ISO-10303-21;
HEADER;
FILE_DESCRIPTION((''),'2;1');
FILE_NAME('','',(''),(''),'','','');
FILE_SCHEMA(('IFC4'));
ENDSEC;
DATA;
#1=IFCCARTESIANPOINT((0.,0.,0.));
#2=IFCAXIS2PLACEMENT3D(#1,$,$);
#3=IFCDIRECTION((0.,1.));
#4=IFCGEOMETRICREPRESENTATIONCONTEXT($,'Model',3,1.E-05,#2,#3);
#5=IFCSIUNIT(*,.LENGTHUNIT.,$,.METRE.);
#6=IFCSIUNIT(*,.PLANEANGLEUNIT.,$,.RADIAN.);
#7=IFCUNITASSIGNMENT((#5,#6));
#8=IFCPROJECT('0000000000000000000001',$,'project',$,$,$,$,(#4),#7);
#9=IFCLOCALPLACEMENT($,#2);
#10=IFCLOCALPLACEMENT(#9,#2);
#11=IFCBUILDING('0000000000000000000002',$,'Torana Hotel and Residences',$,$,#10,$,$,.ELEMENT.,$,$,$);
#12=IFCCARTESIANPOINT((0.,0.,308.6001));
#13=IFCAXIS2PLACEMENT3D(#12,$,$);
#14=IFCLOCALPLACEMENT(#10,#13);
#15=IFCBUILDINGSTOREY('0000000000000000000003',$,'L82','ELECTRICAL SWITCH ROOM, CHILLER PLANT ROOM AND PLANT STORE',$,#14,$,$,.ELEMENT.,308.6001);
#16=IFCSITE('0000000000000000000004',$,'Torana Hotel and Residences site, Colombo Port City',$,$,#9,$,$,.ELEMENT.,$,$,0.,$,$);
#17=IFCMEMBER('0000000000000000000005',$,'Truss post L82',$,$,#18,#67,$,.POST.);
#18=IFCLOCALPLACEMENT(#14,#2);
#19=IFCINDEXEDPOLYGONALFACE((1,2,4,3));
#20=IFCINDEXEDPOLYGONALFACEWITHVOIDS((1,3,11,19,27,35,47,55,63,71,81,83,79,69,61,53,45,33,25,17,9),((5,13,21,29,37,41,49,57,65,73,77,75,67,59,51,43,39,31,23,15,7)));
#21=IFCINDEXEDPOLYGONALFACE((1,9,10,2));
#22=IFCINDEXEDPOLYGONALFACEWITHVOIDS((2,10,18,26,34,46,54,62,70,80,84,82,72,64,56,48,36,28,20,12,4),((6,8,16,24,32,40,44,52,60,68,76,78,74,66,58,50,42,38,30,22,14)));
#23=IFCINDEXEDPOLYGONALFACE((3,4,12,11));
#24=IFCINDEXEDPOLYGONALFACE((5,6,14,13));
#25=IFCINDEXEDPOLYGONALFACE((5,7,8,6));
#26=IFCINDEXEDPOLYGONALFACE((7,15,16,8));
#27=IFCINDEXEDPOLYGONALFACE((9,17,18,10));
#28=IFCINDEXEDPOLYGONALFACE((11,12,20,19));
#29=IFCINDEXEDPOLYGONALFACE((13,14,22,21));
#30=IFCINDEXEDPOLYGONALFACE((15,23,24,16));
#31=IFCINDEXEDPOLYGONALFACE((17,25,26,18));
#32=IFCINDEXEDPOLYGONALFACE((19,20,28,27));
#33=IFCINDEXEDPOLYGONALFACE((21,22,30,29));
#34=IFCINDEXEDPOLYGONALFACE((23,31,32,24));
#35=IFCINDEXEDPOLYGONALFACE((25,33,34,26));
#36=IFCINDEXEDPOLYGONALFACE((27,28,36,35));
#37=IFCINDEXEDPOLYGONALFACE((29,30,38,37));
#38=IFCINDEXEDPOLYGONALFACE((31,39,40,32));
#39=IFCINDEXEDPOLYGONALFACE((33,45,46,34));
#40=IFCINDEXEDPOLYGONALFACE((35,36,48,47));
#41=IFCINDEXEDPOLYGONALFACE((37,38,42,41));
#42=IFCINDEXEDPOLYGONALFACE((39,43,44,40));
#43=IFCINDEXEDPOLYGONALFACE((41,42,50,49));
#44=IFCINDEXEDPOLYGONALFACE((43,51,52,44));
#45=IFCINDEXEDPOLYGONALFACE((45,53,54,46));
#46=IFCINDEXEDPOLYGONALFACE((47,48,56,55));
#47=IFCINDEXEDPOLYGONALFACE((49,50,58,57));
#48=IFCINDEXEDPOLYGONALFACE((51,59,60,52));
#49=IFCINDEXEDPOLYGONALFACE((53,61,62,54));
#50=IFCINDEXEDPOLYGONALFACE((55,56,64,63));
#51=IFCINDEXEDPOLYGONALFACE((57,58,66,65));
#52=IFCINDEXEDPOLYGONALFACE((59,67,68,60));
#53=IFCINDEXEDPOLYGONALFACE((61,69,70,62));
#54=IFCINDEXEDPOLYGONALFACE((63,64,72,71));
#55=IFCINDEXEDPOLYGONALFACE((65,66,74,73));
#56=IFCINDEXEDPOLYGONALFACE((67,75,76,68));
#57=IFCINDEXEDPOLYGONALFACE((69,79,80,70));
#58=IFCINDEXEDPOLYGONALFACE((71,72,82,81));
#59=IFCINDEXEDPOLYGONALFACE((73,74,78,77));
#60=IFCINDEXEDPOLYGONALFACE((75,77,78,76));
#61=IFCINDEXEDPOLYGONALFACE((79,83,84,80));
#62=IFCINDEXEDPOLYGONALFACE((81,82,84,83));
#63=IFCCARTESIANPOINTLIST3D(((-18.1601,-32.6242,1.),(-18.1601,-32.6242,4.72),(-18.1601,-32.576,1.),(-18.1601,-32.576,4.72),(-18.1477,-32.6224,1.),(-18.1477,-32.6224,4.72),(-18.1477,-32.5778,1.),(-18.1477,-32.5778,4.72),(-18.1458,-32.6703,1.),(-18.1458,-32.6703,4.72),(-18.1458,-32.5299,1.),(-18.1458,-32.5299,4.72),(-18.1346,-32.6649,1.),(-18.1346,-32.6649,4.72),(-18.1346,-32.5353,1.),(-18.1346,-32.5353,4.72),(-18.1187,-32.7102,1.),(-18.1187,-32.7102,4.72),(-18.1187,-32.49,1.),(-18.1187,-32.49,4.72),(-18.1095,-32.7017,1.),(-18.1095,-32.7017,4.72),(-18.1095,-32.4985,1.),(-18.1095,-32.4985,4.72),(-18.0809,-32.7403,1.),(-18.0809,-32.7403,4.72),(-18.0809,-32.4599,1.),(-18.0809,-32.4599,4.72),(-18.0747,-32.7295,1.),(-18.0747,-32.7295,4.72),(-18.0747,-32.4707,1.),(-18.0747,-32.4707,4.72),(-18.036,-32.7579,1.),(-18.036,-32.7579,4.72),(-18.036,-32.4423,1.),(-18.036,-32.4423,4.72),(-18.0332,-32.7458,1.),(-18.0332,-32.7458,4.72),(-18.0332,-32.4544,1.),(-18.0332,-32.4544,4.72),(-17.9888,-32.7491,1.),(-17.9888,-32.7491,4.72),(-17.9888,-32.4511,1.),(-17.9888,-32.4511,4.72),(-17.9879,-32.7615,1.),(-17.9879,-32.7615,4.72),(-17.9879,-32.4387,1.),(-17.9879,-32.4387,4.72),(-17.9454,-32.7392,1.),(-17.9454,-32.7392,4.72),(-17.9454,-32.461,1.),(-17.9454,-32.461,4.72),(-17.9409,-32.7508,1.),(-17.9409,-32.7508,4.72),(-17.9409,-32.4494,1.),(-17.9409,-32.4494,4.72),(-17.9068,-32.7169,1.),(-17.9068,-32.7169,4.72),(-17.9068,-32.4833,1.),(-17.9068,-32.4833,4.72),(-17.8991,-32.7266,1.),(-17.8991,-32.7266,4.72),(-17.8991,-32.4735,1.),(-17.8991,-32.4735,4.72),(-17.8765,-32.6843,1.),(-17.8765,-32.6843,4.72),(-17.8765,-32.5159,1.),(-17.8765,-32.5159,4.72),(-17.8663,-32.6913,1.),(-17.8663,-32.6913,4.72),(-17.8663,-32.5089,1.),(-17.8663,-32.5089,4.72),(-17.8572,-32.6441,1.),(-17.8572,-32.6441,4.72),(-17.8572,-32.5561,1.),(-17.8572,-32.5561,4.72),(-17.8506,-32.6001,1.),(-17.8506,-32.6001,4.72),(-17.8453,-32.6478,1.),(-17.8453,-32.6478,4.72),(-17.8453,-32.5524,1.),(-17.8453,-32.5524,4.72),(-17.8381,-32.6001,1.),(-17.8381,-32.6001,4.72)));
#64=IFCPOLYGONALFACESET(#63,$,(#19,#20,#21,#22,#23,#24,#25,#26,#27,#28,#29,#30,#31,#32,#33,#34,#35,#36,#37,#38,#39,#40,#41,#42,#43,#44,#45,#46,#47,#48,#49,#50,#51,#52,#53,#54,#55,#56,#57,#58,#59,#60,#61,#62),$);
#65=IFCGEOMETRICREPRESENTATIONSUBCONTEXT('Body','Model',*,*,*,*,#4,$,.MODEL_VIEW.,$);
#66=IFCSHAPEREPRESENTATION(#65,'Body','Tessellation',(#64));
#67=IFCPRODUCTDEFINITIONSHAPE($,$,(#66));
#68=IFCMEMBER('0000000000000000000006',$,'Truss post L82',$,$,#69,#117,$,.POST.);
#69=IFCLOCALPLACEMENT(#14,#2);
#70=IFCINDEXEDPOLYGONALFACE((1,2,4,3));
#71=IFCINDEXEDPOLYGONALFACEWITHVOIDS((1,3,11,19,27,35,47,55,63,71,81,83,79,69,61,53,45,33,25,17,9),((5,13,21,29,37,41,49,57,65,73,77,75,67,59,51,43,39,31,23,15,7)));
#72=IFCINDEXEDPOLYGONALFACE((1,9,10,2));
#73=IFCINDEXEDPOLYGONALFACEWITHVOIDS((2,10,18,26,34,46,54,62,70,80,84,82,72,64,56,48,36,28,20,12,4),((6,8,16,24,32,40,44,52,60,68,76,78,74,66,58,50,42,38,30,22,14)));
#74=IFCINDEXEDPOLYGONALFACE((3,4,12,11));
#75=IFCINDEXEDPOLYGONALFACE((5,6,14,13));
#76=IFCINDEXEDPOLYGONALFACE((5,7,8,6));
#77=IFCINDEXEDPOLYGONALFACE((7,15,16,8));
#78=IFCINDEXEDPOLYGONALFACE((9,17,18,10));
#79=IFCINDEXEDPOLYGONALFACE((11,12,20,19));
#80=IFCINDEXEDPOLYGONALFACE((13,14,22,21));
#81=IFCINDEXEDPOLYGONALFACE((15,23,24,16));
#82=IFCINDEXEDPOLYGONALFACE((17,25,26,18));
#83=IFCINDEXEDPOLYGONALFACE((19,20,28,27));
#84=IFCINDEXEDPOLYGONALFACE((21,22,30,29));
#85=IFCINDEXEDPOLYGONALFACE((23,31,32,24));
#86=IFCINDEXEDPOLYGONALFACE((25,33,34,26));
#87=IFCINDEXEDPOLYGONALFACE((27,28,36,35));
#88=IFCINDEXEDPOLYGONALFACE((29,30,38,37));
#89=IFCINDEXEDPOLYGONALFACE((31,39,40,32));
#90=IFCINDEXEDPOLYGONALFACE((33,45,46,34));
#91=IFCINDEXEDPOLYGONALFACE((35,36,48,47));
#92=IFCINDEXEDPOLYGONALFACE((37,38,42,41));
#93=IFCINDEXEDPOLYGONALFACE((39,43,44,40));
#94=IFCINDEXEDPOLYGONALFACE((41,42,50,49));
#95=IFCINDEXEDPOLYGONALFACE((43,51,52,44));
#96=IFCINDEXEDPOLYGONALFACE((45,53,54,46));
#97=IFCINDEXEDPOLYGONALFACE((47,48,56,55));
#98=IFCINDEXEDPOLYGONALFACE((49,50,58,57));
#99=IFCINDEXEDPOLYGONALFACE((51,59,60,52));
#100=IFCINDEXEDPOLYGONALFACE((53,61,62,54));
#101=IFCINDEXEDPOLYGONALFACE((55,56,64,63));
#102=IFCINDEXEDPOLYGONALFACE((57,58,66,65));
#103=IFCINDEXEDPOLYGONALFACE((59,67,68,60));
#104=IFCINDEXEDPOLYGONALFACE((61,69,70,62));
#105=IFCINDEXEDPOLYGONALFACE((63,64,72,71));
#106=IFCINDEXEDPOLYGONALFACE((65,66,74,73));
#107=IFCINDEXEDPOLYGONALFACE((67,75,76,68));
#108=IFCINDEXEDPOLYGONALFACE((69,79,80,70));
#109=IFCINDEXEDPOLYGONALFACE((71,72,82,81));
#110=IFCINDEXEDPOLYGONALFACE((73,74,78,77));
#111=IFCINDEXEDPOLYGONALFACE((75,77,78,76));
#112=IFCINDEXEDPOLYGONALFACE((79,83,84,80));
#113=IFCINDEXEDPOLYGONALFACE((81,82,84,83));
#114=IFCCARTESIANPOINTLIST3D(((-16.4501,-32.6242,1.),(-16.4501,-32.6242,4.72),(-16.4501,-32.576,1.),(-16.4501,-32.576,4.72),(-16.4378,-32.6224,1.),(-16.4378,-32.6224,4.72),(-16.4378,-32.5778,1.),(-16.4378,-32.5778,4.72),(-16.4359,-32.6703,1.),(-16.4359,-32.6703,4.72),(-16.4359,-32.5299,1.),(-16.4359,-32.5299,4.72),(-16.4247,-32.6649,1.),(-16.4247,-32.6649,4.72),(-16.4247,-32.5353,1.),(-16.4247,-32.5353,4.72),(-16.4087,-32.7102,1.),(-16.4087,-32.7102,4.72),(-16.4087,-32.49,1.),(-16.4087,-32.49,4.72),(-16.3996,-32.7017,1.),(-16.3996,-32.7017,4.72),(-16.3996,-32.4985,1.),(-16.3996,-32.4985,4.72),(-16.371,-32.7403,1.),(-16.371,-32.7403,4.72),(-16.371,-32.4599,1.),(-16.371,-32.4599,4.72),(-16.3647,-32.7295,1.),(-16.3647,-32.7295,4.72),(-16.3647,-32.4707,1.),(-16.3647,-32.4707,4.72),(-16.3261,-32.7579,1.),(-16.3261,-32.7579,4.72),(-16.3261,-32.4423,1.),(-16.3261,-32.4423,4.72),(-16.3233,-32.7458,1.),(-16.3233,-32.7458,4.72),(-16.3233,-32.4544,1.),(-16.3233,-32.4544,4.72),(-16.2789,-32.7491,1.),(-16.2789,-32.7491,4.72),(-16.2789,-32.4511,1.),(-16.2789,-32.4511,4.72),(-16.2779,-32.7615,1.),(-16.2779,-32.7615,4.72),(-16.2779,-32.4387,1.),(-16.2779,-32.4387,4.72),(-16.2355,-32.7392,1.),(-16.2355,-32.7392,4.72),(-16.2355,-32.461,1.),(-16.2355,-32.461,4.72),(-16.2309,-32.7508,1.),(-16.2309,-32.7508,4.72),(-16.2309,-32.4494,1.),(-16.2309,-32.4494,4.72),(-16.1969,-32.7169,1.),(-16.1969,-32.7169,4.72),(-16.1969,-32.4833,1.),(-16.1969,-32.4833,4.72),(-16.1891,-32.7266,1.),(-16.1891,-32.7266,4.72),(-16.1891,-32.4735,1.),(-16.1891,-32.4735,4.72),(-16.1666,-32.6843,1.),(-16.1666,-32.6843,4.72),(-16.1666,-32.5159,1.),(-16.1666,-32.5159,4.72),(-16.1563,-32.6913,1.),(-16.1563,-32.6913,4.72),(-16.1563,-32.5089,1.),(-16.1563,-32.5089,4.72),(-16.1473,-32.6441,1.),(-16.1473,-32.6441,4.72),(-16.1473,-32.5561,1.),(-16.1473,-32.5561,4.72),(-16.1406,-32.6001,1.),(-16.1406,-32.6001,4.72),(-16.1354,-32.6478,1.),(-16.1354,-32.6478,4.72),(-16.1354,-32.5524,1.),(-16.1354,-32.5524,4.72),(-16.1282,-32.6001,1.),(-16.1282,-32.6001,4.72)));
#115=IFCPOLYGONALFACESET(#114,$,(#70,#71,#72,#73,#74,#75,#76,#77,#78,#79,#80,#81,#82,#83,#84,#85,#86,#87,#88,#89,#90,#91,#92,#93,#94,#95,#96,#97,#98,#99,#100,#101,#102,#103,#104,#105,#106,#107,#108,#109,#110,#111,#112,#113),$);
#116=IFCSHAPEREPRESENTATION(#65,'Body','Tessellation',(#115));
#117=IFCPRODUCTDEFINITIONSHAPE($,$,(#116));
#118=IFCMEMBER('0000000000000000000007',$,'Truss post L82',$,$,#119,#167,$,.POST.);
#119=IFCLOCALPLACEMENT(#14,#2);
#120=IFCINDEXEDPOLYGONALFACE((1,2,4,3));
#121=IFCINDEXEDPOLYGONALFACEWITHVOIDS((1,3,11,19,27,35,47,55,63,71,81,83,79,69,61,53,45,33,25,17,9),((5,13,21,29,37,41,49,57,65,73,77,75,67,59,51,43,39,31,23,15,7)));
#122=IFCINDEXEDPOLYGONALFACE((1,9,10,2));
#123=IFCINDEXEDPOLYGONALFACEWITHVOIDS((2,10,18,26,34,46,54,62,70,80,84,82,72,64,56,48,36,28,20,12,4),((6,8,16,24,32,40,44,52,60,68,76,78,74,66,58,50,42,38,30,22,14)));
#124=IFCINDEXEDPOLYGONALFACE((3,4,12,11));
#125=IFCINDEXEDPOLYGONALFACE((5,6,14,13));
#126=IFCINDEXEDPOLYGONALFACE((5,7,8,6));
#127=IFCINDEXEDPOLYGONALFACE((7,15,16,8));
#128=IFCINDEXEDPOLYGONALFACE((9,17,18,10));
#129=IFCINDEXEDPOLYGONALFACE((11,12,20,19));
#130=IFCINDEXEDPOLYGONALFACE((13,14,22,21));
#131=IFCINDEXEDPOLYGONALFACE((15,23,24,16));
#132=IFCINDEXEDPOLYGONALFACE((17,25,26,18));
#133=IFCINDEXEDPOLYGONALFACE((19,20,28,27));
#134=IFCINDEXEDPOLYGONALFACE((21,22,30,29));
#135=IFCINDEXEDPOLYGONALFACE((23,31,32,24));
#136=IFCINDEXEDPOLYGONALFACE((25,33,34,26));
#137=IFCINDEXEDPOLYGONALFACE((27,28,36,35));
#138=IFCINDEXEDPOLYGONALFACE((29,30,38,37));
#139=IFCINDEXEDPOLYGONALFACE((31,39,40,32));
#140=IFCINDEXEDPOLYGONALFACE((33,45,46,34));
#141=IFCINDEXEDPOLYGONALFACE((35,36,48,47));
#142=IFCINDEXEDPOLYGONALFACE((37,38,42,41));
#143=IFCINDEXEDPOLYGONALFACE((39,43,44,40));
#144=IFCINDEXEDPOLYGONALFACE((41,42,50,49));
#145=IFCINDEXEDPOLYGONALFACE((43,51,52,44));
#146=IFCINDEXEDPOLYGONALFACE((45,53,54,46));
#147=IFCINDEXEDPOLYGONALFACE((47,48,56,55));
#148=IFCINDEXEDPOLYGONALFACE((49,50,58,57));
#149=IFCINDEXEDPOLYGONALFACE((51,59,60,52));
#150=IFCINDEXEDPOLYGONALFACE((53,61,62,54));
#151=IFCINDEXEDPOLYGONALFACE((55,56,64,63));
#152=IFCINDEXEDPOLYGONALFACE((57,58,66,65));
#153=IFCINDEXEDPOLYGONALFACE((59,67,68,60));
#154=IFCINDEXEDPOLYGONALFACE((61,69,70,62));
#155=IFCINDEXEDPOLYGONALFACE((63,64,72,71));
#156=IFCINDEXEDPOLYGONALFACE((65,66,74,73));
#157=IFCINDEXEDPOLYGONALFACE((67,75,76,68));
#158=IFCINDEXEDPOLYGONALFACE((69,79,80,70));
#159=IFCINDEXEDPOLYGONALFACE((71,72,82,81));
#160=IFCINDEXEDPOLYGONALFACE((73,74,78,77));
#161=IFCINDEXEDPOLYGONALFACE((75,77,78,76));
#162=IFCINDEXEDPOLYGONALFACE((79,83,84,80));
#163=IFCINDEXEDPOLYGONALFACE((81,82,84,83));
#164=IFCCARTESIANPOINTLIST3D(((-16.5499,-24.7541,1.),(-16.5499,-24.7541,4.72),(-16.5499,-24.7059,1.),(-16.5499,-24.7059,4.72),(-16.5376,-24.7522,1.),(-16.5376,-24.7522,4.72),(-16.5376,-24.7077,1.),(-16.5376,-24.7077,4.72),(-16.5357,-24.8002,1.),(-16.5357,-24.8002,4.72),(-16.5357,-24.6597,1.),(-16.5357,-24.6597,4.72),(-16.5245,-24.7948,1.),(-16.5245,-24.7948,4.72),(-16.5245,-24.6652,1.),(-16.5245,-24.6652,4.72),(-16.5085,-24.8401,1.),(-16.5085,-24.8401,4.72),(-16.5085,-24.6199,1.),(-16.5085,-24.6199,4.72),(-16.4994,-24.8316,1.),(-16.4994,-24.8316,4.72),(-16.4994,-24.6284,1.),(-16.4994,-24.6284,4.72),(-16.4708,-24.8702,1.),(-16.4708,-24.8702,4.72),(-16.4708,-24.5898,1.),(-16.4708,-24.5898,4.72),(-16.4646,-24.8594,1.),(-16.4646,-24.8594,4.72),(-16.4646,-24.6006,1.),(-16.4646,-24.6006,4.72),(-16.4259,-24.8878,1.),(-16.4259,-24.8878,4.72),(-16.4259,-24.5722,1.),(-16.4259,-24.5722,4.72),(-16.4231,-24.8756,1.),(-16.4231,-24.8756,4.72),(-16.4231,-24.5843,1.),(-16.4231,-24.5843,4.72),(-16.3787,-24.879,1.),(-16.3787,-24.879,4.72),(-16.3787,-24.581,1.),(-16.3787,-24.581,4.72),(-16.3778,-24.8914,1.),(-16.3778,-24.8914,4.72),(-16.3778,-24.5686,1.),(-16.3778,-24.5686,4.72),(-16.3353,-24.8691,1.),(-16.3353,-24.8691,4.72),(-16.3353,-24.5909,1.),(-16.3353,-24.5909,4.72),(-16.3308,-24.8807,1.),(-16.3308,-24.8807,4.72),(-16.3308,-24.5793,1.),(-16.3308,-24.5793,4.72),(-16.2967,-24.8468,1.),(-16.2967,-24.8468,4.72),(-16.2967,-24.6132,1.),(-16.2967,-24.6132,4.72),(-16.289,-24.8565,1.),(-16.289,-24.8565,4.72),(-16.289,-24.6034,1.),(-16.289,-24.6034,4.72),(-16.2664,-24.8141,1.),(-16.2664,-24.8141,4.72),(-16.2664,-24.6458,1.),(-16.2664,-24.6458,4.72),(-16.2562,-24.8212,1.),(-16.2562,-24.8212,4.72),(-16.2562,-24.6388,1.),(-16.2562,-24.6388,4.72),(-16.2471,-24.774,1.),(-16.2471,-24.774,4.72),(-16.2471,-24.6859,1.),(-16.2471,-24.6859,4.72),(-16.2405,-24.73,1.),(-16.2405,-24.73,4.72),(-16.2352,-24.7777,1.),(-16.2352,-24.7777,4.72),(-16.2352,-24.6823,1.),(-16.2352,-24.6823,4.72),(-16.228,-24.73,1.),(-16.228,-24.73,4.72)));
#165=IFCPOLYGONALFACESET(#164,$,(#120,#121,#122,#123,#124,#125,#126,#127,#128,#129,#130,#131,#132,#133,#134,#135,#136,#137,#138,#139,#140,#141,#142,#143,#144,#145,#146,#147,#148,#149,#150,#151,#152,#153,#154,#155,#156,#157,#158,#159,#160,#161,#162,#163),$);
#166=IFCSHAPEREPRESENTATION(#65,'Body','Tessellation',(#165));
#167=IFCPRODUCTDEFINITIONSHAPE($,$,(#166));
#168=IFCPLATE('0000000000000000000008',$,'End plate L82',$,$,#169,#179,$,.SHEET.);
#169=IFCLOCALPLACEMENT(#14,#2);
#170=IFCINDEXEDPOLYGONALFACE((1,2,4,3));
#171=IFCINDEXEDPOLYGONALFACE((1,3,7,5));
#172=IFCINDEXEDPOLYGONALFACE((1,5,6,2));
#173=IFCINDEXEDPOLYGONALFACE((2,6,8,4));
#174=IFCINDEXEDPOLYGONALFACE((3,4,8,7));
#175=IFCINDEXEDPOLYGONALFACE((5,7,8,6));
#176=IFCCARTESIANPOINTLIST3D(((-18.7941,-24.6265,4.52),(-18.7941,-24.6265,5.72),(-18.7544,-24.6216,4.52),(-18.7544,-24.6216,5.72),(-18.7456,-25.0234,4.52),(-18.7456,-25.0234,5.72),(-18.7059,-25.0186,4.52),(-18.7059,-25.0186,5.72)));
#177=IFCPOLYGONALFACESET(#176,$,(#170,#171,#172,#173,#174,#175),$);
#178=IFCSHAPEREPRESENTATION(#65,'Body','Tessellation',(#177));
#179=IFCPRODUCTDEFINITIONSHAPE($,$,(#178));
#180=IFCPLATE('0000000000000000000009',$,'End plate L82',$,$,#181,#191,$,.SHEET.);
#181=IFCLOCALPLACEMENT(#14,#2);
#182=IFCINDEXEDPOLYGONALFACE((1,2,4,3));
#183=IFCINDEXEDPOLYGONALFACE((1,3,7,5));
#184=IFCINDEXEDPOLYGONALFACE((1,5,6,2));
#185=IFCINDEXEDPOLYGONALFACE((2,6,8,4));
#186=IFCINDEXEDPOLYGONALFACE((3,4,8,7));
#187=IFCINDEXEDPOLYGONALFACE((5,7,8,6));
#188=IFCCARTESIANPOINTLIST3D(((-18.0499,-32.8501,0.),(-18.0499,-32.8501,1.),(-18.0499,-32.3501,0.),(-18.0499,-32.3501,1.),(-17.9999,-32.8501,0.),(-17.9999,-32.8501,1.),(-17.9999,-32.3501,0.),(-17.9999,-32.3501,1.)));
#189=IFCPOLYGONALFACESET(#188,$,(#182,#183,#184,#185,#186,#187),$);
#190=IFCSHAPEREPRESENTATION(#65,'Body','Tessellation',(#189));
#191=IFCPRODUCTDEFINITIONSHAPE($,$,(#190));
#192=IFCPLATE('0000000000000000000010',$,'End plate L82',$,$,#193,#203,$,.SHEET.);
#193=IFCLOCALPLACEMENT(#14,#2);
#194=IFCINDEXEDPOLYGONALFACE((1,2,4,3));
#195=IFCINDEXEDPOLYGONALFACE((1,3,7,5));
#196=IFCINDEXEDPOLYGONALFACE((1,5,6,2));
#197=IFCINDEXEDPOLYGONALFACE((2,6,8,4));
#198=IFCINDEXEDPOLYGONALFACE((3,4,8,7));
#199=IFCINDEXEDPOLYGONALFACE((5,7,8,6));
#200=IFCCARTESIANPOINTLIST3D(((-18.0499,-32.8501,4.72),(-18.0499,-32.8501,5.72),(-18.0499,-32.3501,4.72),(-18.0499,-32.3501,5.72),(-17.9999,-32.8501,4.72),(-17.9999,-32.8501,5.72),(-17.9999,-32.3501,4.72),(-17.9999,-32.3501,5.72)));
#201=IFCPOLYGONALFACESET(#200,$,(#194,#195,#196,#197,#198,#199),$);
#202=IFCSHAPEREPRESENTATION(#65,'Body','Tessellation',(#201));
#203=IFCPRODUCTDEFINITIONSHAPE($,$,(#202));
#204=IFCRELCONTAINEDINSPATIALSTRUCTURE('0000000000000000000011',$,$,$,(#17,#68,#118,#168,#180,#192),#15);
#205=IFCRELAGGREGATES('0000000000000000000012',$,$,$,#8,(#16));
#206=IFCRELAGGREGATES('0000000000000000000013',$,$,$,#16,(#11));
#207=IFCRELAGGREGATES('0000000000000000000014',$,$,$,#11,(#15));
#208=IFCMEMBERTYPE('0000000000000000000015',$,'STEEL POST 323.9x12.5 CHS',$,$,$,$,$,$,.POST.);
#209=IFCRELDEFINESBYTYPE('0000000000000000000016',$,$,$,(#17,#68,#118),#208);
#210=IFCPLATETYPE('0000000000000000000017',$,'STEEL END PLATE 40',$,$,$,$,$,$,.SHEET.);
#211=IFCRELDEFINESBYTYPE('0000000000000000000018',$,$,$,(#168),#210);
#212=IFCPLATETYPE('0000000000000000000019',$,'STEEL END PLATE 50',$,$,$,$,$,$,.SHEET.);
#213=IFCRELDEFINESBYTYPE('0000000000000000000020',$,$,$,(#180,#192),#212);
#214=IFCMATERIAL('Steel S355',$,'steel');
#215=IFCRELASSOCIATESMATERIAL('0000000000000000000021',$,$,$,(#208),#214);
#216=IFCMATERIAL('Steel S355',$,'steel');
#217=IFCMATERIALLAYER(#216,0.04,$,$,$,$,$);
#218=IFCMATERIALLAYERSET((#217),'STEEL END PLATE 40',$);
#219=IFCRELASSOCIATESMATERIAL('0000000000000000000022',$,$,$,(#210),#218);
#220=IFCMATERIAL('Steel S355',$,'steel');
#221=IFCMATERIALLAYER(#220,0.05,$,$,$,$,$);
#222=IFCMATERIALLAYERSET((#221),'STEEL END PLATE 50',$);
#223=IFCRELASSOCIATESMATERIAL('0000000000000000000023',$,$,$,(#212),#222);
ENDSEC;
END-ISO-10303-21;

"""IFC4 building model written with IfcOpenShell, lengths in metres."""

from ifc_helpers import new_model, si_unit, direction, frame, origin, origin_2d, place, context, subcontext, project, spatial, rectangle, hollow_circle, extrude, material, layer, layer_set, material_profile, profile_set, type_object, element, save


model = new_model("IFC4")

# Units and contexts
model_context = context("Model", 3, precision=1e-05, world=origin(), true_north=direction((0.0, 1.0)))
body_context = subcontext(model_context, "Body", "Model", "MODEL_VIEW")
ifc_project = project(units=[si_unit("LENGTHUNIT", "METRE"), si_unit("PLANEANGLEUNIT", "RADIAN")], contexts=[model_context])

# Site, building, storey
site_placement = place(None, origin())
site = spatial("IfcSite", under=ifc_project, at=site_placement, Name="Torana Hotel and Residences site, Colombo Port City", CompositionType="ELEMENT", RefElevation=0.0)
building_placement = place(site_placement, origin())
building = spatial("IfcBuilding", under=site, at=building_placement, Name="Torana Hotel and Residences", CompositionType="ELEMENT")
storey_placement = place(building_placement, frame((0.0, 0.0, 308.6001)))
storey = spatial("IfcBuildingStorey", under=building, at=storey_placement, Name="L82", Description="ELECTRICAL SWITCH ROOM, CHILLER PLANT ROOM AND PLANT STORE", CompositionType="ELEMENT", Elevation=308.6001)

# Members
ifc_material_1 = material(Name="Steel S355", Category="steel")
ifc_material_profile_1 = material_profile(ifc_material_1, hollow_circle(Radius=0.1619, WallThickness=0.0125, at=origin_2d()), Name="323.9x12.5 CHS")
ifc_profile_set_1 = profile_set([ifc_material_profile_1], Name="Steel S355")
member_type_1 = type_object("IfcMemberType", Name="STEEL POST 323.9x12.5 CHS", PredefinedType="POST", material=ifc_profile_set_1)
for number, where, z_axis, x_axis, name in (
    (1, (-18.0, -32.6001, 1.0), (0.0, 0.0, 1.0), (1.0, 0.0, 0.0), "Truss post L82"),
    (2, (-16.29, -32.6001, 1.0), (0.0, 0.0, 1.0), (1.0, 0.0, 0.0), "Truss post L82"),
    (3, (-16.3899, -24.73, 1.0), (0.0, 0.0, 1.0), (1.0, 0.0, 0.0), "Truss post L82"),
):
    element("IfcMember", number, at=place(storey_placement, frame(where, z_axis=z_axis, x_axis=x_axis)), inside=storey, type_object=member_type_1, Name=name, PredefinedType="POST", context=body_context, shape_type="SweptSolid", body=[
        extrude(hollow_circle(Radius=0.1619, WallThickness=0.0125, at=origin_2d()), origin(), (0.0, 0.0, 1.0), 3.72),
    ])

# Plates
ifc_material_2 = material(Name="Steel S355", Category="steel")
ifc_layer_1 = layer(ifc_material_2, 0.04)
ifc_layer_set_1 = layer_set([ifc_layer_1], Name="STEEL END PLATE 40")
plate_type_1 = type_object("IfcPlateType", Name="STEEL END PLATE 40", PredefinedType="SHEET", material=ifc_layer_set_1)
plate_placement = place(storey_placement, frame((-18.75, -24.8225, 4.52), z_axis=(0.0, 0.0, 1.0), x_axis=(-0.992625, -0.121227, 0.0)))
element("IfcPlate", 4, at=plate_placement, inside=storey, type_object=plate_type_1, Name="End plate L82", PredefinedType="SHEET", context=body_context, shape_type="SweptSolid", body=[
    extrude(rectangle(XDim=0.04, YDim=0.3999, at=origin_2d()), origin(), (0.0, 0.0, 1.0), 1.2),
])
ifc_material_3 = material(Name="Steel S355", Category="steel")
ifc_layer_2 = layer(ifc_material_3, 0.05)
ifc_layer_set_2 = layer_set([ifc_layer_2], Name="STEEL END PLATE 50")
plate_type_2 = type_object("IfcPlateType", Name="STEEL END PLATE 50", PredefinedType="SHEET", material=ifc_layer_set_2)
for number, where, z_axis, x_axis, name in (
    (5, (-18.0249, -32.6001, 0.0), (0.0, 0.0, 1.0), (-1.0, 0.0, 0.0), "End plate L82"),
    (6, (-18.0249, -32.6001, 4.72), (0.0, 0.0, 1.0), (-1.0, 0.0, 0.0), "End plate L82"),
):
    element("IfcPlate", number, at=place(storey_placement, frame(where, z_axis=z_axis, x_axis=x_axis)), inside=storey, type_object=plate_type_2, Name=name, PredefinedType="SHEET", context=body_context, shape_type="SweptSolid", body=[
        extrude(rectangle(XDim=0.05, YDim=0.5, at=origin_2d()), origin(), (0.0, 0.0, 1.0), 1.0),
    ])

save(model, "model.ifc")
